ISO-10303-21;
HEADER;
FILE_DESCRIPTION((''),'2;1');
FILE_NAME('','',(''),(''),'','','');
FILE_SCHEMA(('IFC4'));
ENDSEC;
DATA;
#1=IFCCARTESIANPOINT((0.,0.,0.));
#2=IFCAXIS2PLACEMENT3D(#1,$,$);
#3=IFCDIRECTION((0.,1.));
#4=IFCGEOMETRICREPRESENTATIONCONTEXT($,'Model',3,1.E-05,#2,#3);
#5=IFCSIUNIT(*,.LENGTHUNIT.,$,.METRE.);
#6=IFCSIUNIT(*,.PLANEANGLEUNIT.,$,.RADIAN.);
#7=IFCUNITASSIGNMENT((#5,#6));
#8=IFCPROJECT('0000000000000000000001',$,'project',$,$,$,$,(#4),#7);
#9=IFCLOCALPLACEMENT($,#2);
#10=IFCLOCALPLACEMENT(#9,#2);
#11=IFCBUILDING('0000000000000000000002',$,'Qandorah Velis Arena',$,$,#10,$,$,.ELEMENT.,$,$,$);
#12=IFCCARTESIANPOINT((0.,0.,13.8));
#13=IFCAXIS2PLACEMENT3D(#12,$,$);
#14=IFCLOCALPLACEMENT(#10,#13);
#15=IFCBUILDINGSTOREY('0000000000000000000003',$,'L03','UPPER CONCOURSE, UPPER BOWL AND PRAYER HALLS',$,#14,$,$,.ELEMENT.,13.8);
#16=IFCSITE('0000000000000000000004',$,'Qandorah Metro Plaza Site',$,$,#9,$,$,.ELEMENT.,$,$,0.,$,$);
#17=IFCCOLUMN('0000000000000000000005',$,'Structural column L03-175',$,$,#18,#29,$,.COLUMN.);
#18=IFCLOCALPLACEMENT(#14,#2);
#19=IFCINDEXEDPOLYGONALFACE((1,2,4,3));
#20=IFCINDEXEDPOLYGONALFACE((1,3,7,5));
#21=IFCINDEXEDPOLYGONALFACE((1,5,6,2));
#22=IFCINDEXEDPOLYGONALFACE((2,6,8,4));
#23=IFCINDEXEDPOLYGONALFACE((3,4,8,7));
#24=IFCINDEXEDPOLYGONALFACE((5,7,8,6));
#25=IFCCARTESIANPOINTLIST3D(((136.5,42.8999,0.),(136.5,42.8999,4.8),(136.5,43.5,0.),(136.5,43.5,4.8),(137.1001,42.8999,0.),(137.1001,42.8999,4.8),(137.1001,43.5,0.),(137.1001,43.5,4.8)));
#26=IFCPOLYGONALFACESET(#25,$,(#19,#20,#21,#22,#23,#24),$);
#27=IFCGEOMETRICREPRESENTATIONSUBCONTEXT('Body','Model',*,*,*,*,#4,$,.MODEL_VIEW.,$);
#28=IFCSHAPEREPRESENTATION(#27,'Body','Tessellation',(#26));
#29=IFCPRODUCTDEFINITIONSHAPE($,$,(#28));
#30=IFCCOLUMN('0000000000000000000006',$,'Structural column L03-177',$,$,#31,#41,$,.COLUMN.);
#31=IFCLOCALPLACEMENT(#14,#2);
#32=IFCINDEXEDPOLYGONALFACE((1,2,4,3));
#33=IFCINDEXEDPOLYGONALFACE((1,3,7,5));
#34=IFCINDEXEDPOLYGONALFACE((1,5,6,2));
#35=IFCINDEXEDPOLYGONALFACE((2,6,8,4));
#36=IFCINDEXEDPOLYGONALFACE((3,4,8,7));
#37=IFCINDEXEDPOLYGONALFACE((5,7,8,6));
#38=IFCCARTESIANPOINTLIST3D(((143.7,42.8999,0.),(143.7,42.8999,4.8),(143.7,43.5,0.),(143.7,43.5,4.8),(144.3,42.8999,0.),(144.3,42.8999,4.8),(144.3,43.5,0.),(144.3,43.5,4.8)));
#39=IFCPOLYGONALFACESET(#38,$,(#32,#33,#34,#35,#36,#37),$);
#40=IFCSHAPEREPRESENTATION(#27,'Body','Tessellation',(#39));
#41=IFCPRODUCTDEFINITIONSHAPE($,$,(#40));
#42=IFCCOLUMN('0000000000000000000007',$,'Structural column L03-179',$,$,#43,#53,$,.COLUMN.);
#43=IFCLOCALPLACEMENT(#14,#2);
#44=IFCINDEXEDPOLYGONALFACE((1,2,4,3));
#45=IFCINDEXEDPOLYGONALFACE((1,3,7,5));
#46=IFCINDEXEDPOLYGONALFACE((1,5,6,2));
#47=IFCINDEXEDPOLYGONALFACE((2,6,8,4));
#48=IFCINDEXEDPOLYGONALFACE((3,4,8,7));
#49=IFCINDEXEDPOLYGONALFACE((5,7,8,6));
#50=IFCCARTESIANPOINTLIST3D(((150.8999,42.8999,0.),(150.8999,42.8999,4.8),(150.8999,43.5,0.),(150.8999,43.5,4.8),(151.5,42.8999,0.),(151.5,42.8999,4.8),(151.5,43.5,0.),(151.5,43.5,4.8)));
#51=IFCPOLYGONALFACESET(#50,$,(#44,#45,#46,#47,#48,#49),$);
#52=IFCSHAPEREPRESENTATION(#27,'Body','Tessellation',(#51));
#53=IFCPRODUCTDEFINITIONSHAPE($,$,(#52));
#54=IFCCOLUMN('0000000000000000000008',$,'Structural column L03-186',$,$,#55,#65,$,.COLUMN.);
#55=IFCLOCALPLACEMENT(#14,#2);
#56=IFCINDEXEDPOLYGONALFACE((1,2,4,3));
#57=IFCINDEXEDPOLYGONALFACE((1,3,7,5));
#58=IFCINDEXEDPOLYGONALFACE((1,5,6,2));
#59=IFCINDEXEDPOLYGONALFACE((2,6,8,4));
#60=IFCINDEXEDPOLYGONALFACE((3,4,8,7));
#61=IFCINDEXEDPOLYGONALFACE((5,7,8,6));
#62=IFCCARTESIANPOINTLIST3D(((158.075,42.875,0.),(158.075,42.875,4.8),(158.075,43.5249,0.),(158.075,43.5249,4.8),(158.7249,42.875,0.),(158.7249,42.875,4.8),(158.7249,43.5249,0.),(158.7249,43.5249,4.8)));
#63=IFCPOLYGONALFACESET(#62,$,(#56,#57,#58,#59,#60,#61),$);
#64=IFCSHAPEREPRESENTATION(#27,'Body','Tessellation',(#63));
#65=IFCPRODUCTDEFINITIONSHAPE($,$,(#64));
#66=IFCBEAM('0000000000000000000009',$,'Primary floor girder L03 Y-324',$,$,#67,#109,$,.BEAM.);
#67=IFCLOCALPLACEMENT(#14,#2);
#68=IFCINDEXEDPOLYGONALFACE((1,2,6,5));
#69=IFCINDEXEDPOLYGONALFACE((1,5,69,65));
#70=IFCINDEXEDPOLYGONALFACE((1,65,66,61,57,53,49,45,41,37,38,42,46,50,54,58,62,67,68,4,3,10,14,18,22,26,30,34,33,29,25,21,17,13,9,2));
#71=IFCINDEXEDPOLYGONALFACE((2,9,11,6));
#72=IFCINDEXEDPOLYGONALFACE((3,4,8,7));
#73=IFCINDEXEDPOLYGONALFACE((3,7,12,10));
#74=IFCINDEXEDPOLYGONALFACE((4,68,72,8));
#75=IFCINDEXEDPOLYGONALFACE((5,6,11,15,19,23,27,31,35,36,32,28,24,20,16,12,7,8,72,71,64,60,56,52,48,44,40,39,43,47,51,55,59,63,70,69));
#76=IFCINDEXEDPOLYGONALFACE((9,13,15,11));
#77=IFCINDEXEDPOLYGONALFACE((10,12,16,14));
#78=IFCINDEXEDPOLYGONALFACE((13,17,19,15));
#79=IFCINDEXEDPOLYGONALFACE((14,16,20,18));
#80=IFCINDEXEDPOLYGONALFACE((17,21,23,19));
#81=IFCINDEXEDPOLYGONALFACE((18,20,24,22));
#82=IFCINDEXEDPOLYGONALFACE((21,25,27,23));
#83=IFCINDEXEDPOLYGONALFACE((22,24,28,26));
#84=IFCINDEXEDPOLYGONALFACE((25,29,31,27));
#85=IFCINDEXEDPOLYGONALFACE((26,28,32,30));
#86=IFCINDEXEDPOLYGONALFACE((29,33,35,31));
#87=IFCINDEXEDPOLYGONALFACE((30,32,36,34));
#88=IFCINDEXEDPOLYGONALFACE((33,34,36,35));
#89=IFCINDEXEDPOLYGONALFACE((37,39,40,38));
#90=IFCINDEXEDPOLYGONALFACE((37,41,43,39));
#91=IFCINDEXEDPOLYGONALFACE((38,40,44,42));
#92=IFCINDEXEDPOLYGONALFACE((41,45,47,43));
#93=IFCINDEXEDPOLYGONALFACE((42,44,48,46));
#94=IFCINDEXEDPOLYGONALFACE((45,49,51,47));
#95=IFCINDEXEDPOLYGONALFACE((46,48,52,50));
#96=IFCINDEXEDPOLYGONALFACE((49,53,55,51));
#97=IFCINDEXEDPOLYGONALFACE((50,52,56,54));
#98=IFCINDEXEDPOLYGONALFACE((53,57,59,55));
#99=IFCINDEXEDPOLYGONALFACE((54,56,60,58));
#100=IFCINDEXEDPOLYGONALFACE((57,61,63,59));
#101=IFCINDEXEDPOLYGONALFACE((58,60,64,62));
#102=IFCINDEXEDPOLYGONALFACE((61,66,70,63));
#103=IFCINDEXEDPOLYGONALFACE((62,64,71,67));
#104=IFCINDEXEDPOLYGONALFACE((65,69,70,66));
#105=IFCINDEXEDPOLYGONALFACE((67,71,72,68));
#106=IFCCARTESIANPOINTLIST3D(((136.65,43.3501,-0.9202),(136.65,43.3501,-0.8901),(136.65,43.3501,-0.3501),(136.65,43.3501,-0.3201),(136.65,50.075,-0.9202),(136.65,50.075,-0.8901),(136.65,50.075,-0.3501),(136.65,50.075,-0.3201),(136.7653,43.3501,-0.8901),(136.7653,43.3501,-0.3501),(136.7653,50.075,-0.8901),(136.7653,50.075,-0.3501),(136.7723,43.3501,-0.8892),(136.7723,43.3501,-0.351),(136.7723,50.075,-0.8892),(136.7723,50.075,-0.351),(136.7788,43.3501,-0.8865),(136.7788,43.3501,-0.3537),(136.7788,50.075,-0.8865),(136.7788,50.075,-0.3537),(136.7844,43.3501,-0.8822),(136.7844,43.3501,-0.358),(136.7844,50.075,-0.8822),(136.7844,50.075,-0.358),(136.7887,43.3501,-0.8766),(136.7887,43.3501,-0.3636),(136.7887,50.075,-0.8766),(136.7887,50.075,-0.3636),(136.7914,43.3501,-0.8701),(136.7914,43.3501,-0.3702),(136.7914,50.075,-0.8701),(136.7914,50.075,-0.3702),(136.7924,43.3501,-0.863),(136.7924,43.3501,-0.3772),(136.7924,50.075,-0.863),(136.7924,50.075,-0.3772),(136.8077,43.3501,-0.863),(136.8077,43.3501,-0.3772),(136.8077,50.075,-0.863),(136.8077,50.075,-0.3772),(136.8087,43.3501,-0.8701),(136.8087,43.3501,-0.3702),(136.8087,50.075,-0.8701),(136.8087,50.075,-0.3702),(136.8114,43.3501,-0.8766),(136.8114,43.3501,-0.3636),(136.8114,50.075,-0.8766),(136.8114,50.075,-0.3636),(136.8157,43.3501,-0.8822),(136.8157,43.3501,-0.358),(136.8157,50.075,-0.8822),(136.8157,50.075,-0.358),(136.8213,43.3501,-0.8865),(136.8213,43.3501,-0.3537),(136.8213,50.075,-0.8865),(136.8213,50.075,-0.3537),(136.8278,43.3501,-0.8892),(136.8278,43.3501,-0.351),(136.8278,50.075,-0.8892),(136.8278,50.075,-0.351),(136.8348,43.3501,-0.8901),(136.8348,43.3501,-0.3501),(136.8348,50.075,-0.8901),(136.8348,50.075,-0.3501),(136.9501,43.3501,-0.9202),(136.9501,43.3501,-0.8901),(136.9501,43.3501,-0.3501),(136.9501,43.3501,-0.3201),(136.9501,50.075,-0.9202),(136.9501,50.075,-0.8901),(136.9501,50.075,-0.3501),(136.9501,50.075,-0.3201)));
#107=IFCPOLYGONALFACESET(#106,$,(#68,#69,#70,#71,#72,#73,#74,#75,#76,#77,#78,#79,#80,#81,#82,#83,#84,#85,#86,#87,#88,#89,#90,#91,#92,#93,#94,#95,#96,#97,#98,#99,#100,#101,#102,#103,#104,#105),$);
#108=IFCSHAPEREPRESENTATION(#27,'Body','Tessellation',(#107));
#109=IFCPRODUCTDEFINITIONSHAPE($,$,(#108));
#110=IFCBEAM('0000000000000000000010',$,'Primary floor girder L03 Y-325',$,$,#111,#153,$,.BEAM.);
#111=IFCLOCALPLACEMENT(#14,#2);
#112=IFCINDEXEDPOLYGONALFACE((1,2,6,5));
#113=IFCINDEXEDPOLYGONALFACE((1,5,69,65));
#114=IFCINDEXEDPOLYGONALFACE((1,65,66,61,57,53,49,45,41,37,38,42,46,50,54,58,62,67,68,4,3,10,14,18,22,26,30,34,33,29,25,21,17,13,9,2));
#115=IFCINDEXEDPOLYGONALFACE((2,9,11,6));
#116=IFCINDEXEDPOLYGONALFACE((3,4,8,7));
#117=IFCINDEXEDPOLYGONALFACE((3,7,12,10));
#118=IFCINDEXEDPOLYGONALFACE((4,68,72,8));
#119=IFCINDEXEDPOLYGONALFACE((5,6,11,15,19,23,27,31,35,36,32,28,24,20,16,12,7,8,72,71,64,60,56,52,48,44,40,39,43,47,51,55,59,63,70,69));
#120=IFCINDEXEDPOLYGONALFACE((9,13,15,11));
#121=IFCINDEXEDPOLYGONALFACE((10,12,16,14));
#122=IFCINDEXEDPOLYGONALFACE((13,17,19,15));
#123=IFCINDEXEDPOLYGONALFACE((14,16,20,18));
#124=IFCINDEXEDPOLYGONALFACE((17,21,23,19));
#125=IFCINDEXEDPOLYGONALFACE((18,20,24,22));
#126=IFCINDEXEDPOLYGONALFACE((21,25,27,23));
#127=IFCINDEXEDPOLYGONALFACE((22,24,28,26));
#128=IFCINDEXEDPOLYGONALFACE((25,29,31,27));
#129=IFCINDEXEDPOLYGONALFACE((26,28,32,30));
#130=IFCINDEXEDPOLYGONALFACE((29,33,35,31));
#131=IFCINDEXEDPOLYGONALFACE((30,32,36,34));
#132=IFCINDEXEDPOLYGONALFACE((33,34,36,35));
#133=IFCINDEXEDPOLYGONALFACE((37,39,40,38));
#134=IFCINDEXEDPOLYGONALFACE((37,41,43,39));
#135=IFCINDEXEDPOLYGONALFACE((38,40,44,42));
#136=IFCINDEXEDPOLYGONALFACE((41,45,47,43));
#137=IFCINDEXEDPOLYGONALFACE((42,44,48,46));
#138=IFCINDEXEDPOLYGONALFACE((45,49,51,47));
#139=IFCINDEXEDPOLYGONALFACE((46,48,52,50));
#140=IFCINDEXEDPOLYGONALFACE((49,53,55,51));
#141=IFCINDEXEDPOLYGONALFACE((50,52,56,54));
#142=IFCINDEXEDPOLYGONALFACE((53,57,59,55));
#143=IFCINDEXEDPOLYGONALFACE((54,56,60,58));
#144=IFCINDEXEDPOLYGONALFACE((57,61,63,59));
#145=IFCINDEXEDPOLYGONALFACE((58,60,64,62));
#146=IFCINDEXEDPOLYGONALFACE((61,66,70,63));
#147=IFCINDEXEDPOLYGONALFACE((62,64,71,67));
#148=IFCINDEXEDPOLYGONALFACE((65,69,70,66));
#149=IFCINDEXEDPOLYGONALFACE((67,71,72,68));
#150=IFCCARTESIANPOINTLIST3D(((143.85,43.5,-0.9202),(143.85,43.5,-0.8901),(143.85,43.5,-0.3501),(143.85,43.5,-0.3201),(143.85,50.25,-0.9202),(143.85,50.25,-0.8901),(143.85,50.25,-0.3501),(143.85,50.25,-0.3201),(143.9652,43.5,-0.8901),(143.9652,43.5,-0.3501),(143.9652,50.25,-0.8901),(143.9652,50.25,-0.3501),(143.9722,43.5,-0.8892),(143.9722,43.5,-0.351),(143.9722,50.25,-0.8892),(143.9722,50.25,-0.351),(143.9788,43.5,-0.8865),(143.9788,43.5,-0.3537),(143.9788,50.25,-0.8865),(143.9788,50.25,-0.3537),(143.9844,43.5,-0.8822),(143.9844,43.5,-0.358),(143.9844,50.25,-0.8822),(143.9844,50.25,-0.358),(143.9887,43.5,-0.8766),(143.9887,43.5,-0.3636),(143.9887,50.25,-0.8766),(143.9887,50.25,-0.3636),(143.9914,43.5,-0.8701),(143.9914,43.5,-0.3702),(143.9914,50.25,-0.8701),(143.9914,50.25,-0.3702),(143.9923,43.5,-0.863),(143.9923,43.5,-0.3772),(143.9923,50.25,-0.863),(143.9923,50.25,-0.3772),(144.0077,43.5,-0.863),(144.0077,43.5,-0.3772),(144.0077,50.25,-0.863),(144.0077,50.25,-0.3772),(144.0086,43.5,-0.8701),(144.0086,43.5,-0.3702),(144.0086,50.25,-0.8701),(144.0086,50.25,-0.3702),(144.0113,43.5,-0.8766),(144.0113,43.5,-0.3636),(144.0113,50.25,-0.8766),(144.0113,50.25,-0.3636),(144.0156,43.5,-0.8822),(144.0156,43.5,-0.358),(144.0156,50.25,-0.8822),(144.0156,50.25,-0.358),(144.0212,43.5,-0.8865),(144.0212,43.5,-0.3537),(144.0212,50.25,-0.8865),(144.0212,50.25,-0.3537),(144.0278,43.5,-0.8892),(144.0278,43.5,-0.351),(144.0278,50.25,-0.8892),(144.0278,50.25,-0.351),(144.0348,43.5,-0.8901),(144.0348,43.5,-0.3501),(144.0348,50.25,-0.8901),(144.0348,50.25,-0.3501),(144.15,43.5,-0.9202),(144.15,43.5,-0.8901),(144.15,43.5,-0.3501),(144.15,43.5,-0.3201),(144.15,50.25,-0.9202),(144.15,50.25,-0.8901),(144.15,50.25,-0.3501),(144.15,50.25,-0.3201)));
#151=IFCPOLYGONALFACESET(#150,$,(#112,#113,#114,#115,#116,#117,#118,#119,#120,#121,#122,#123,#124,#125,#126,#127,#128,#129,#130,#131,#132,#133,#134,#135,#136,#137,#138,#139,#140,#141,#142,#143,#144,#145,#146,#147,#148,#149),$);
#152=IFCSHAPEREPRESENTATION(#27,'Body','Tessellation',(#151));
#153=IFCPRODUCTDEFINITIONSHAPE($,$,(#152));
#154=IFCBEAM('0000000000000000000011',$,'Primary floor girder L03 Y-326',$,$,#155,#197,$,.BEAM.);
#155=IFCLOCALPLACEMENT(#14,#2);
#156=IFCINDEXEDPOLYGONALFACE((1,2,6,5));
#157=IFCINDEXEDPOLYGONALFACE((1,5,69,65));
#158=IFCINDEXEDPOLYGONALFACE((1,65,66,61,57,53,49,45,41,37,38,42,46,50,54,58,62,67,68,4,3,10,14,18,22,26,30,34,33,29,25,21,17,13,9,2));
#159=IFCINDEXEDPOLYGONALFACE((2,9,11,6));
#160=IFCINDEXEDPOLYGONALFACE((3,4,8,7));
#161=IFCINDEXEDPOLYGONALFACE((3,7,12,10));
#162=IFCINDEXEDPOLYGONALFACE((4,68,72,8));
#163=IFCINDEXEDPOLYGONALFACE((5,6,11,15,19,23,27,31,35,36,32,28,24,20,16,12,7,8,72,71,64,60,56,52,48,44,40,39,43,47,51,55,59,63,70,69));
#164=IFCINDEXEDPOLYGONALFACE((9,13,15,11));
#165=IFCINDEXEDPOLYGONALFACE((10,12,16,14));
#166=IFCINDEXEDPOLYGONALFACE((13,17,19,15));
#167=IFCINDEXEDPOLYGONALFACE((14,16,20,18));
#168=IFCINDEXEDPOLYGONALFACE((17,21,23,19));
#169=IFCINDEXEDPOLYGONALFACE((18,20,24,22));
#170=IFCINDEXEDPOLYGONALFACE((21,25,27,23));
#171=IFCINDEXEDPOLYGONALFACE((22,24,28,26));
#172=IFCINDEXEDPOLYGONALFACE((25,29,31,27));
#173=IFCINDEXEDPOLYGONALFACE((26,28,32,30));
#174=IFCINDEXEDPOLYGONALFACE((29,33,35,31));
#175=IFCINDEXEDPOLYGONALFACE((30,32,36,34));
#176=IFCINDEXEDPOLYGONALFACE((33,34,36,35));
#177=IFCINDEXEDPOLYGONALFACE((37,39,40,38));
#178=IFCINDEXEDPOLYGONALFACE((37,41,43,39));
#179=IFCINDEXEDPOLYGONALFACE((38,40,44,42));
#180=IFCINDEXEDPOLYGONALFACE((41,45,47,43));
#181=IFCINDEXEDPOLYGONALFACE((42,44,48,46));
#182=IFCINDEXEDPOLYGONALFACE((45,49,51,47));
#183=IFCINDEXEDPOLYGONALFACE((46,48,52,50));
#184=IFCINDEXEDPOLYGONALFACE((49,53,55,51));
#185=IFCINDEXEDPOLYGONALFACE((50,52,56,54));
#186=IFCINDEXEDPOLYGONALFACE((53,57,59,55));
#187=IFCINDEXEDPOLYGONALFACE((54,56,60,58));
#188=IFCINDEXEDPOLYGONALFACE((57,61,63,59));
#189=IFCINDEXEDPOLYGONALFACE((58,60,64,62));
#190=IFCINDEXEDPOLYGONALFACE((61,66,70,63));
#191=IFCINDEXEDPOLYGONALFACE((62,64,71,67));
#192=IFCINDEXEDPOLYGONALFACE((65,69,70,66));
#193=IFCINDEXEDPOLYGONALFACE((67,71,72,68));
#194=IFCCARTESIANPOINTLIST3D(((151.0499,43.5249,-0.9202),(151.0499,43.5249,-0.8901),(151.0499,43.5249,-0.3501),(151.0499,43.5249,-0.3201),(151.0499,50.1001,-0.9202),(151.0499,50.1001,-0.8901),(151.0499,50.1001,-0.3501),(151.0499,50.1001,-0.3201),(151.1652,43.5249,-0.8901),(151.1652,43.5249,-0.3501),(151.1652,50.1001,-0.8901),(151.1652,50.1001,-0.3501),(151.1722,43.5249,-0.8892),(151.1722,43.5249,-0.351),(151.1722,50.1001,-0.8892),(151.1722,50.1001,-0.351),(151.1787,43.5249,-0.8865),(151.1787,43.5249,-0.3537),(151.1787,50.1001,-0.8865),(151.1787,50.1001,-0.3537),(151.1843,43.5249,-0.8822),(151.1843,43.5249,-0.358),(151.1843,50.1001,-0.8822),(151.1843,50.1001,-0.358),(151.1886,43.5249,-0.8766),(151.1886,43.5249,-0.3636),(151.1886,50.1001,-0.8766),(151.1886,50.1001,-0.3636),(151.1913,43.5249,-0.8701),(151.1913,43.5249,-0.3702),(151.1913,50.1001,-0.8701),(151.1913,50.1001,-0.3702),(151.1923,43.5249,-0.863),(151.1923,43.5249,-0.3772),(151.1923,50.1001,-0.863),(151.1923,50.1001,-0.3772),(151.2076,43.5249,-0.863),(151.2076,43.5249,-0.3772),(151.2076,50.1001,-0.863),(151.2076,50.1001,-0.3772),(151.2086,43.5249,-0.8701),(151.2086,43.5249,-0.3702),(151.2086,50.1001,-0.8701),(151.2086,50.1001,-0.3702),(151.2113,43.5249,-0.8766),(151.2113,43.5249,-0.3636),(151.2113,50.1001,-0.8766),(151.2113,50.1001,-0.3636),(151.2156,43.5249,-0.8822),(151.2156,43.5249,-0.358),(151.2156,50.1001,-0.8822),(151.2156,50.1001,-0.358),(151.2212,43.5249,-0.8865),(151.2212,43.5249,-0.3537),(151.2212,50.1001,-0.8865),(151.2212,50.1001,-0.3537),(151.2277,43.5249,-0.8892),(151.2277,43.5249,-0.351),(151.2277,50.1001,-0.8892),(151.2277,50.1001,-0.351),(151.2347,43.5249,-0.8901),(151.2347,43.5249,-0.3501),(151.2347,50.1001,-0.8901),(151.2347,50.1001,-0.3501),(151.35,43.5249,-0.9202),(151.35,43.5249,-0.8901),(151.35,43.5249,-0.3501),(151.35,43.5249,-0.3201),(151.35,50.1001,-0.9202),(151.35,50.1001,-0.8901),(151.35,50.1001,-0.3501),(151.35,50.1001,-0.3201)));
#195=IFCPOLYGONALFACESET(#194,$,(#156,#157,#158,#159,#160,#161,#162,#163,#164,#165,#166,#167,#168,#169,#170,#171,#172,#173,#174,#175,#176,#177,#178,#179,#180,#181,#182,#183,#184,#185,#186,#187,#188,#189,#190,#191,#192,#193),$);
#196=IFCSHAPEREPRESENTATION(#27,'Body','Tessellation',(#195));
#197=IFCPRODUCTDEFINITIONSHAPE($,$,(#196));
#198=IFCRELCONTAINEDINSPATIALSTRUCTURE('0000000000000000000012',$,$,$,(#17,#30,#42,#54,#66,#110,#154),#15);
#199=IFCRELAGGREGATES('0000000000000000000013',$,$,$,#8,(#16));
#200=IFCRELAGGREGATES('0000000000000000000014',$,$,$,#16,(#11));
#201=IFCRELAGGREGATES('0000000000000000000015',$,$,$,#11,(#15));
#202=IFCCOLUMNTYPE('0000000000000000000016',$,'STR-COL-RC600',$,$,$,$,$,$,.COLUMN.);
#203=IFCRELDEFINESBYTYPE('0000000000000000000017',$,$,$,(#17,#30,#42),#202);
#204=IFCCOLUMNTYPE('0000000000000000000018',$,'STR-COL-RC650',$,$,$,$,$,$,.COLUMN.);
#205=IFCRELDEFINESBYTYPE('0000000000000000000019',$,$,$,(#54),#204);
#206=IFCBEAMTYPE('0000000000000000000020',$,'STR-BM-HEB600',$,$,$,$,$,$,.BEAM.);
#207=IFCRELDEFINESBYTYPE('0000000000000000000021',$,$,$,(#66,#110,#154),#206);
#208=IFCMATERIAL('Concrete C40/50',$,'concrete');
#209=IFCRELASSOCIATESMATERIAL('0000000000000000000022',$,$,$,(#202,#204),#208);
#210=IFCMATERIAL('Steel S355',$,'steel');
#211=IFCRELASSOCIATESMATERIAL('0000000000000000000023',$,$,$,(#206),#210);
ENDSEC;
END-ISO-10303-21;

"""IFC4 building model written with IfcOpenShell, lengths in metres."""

from ifc_helpers import new_model, si_unit, direction, frame, origin, origin_2d, place, context, subcontext, project, spatial, rectangle, i_section, extrude, material, material_profile, profile_set, type_object, element, save


model = new_model("IFC4")

# Units and contexts
model_context = context("Model", 3, precision=1e-05, world=origin(), true_north=direction((0.0, 1.0)))
body_context = subcontext(model_context, "Body", "Model", "MODEL_VIEW")
ifc_project = project(units=[si_unit("LENGTHUNIT", "METRE"), si_unit("PLANEANGLEUNIT", "RADIAN")], contexts=[model_context])

# Site, building, storey
site_placement = place(None, origin())
site = spatial("IfcSite", under=ifc_project, at=site_placement, Name="Qandorah Metro Plaza Site", CompositionType="ELEMENT", RefElevation=0.0)
building_placement = place(site_placement, origin())
building = spatial("IfcBuilding", under=site, at=building_placement, Name="Qandorah Velis Arena", CompositionType="ELEMENT")
storey_placement = place(building_placement, frame((0.0, 0.0, 13.8)))
storey = spatial("IfcBuildingStorey", under=building, at=storey_placement, Name="L03", Description="UPPER CONCOURSE, UPPER BOWL AND PRAYER HALLS", CompositionType="ELEMENT", Elevation=13.8)

# Columns
ifc_material_1 = material(Name="Concrete C40/50", Category="concrete")
ifc_material_profile_1 = material_profile(ifc_material_1, rectangle(XDim=0.6001, YDim=0.6001, at=origin_2d()), Name="RC COL 600x600")
ifc_profile_set_1 = profile_set([ifc_material_profile_1], Name="Concrete C40/50")
column_type_1 = type_object("IfcColumnType", Name="STR-COL-RC600", PredefinedType="COLUMN", material=ifc_profile_set_1)
for number, where, z_axis, x_axis, name in (
    (1, (136.8, 43.2, 0.0), (0.0, 0.0, 1.0), (1.0, 0.0, 0.0), "Structural column L03-175"),
    (2, (144.0, 43.2, 0.0), (0.0, 0.0, 1.0), (1.0, 0.0, 0.0), "Structural column L03-177"),
    (3, (151.2, 43.2, 0.0), (0.0, 0.0, 1.0), (1.0, 0.0, 0.0), "Structural column L03-179"),
):
    element("IfcColumn", number, at=place(storey_placement, frame(where, z_axis=z_axis, x_axis=x_axis)), inside=storey, type_object=column_type_1, Name=name, PredefinedType="COLUMN", context=body_context, shape_type="SweptSolid", body=[
        extrude(rectangle(XDim=0.6001, YDim=0.6001, at=origin_2d()), origin(), (0.0, 0.0, 1.0), 4.8),
    ])
ifc_material_profile_2 = material_profile(ifc_material_1, rectangle(XDim=0.6499, YDim=0.6499, at=origin_2d()), Name="RC COL 650x650")
ifc_profile_set_2 = profile_set([ifc_material_profile_2], Name="Concrete C40/50")
column_type_2 = type_object("IfcColumnType", Name="STR-COL-RC650", PredefinedType="COLUMN", material=ifc_profile_set_2)
column_placement = place(storey_placement, frame((158.3999, 43.2, 0.0), z_axis=(0.0, 0.0, 1.0), x_axis=(1.0, 0.0, 0.0)))
element("IfcColumn", 4, at=column_placement, inside=storey, type_object=column_type_2, Name="Structural column L03-186", PredefinedType="COLUMN", context=body_context, shape_type="SweptSolid", body=[
    extrude(rectangle(XDim=0.6499, YDim=0.6499, at=origin_2d()), origin(), (0.0, 0.0, 1.0), 4.8),
])

# Beams
ifc_material_2 = material(Name="Steel S355", Category="steel")
ifc_material_profile_3 = material_profile(ifc_material_2, i_section(OverallWidth=0.3, OverallDepth=0.6001, WebThickness=0.0154, FlangeThickness=0.03, FilletRadius=0.0271, at=origin_2d()), Name="HEB 600")
ifc_profile_set_3 = profile_set([ifc_material_profile_3], Name="Steel S355")
beam_type_1 = type_object("IfcBeamType", Name="STR-BM-HEB600", PredefinedType="BEAM", material=ifc_profile_set_3)
beam_1_placement = place(storey_placement, frame((136.8, 43.3501, -0.6201), z_axis=(0.0, 1.0, 0.0), x_axis=(-1.0, 0.0, 0.0)))
element("IfcBeam", 5, at=beam_1_placement, inside=storey, type_object=beam_type_1, Name="Primary floor girder L03 Y-324", PredefinedType="BEAM", context=body_context, shape_type="SweptSolid", body=[
    extrude(i_section(OverallWidth=0.3, OverallDepth=0.6001, WebThickness=0.0154, FlangeThickness=0.03, FilletRadius=0.0271, at=origin_2d()), origin(), (0.0, 0.0, 1.0), 6.7249),
])
beam_2_placement = place(storey_placement, frame((144.0, 43.5, -0.6201), z_axis=(0.0, 1.0, 0.0), x_axis=(-1.0, 0.0, 0.0)))
element("IfcBeam", 6, at=beam_2_placement, inside=storey, type_object=beam_type_1, Name="Primary floor girder L03 Y-325", PredefinedType="BEAM", context=body_context, shape_type="SweptSolid", body=[
    extrude(i_section(OverallWidth=0.3, OverallDepth=0.6001, WebThickness=0.0154, FlangeThickness=0.03, FilletRadius=0.0271, at=origin_2d()), origin(), (0.0, 0.0, 1.0), 6.75),
])
beam_3_placement = place(storey_placement, frame((151.2, 43.5249, -0.6201), z_axis=(0.0, 1.0, 0.0), x_axis=(-1.0, 0.0, 0.0)))
element("IfcBeam", 7, at=beam_3_placement, inside=storey, type_object=beam_type_1, Name="Primary floor girder L03 Y-326", PredefinedType="BEAM", context=body_context, shape_type="SweptSolid", body=[
    extrude(i_section(OverallWidth=0.3, OverallDepth=0.6001, WebThickness=0.0154, FlangeThickness=0.03, FilletRadius=0.0271, at=origin_2d()), origin(), (0.0, 0.0, 1.0), 6.5752),
])

save(model, "model.ifc")
